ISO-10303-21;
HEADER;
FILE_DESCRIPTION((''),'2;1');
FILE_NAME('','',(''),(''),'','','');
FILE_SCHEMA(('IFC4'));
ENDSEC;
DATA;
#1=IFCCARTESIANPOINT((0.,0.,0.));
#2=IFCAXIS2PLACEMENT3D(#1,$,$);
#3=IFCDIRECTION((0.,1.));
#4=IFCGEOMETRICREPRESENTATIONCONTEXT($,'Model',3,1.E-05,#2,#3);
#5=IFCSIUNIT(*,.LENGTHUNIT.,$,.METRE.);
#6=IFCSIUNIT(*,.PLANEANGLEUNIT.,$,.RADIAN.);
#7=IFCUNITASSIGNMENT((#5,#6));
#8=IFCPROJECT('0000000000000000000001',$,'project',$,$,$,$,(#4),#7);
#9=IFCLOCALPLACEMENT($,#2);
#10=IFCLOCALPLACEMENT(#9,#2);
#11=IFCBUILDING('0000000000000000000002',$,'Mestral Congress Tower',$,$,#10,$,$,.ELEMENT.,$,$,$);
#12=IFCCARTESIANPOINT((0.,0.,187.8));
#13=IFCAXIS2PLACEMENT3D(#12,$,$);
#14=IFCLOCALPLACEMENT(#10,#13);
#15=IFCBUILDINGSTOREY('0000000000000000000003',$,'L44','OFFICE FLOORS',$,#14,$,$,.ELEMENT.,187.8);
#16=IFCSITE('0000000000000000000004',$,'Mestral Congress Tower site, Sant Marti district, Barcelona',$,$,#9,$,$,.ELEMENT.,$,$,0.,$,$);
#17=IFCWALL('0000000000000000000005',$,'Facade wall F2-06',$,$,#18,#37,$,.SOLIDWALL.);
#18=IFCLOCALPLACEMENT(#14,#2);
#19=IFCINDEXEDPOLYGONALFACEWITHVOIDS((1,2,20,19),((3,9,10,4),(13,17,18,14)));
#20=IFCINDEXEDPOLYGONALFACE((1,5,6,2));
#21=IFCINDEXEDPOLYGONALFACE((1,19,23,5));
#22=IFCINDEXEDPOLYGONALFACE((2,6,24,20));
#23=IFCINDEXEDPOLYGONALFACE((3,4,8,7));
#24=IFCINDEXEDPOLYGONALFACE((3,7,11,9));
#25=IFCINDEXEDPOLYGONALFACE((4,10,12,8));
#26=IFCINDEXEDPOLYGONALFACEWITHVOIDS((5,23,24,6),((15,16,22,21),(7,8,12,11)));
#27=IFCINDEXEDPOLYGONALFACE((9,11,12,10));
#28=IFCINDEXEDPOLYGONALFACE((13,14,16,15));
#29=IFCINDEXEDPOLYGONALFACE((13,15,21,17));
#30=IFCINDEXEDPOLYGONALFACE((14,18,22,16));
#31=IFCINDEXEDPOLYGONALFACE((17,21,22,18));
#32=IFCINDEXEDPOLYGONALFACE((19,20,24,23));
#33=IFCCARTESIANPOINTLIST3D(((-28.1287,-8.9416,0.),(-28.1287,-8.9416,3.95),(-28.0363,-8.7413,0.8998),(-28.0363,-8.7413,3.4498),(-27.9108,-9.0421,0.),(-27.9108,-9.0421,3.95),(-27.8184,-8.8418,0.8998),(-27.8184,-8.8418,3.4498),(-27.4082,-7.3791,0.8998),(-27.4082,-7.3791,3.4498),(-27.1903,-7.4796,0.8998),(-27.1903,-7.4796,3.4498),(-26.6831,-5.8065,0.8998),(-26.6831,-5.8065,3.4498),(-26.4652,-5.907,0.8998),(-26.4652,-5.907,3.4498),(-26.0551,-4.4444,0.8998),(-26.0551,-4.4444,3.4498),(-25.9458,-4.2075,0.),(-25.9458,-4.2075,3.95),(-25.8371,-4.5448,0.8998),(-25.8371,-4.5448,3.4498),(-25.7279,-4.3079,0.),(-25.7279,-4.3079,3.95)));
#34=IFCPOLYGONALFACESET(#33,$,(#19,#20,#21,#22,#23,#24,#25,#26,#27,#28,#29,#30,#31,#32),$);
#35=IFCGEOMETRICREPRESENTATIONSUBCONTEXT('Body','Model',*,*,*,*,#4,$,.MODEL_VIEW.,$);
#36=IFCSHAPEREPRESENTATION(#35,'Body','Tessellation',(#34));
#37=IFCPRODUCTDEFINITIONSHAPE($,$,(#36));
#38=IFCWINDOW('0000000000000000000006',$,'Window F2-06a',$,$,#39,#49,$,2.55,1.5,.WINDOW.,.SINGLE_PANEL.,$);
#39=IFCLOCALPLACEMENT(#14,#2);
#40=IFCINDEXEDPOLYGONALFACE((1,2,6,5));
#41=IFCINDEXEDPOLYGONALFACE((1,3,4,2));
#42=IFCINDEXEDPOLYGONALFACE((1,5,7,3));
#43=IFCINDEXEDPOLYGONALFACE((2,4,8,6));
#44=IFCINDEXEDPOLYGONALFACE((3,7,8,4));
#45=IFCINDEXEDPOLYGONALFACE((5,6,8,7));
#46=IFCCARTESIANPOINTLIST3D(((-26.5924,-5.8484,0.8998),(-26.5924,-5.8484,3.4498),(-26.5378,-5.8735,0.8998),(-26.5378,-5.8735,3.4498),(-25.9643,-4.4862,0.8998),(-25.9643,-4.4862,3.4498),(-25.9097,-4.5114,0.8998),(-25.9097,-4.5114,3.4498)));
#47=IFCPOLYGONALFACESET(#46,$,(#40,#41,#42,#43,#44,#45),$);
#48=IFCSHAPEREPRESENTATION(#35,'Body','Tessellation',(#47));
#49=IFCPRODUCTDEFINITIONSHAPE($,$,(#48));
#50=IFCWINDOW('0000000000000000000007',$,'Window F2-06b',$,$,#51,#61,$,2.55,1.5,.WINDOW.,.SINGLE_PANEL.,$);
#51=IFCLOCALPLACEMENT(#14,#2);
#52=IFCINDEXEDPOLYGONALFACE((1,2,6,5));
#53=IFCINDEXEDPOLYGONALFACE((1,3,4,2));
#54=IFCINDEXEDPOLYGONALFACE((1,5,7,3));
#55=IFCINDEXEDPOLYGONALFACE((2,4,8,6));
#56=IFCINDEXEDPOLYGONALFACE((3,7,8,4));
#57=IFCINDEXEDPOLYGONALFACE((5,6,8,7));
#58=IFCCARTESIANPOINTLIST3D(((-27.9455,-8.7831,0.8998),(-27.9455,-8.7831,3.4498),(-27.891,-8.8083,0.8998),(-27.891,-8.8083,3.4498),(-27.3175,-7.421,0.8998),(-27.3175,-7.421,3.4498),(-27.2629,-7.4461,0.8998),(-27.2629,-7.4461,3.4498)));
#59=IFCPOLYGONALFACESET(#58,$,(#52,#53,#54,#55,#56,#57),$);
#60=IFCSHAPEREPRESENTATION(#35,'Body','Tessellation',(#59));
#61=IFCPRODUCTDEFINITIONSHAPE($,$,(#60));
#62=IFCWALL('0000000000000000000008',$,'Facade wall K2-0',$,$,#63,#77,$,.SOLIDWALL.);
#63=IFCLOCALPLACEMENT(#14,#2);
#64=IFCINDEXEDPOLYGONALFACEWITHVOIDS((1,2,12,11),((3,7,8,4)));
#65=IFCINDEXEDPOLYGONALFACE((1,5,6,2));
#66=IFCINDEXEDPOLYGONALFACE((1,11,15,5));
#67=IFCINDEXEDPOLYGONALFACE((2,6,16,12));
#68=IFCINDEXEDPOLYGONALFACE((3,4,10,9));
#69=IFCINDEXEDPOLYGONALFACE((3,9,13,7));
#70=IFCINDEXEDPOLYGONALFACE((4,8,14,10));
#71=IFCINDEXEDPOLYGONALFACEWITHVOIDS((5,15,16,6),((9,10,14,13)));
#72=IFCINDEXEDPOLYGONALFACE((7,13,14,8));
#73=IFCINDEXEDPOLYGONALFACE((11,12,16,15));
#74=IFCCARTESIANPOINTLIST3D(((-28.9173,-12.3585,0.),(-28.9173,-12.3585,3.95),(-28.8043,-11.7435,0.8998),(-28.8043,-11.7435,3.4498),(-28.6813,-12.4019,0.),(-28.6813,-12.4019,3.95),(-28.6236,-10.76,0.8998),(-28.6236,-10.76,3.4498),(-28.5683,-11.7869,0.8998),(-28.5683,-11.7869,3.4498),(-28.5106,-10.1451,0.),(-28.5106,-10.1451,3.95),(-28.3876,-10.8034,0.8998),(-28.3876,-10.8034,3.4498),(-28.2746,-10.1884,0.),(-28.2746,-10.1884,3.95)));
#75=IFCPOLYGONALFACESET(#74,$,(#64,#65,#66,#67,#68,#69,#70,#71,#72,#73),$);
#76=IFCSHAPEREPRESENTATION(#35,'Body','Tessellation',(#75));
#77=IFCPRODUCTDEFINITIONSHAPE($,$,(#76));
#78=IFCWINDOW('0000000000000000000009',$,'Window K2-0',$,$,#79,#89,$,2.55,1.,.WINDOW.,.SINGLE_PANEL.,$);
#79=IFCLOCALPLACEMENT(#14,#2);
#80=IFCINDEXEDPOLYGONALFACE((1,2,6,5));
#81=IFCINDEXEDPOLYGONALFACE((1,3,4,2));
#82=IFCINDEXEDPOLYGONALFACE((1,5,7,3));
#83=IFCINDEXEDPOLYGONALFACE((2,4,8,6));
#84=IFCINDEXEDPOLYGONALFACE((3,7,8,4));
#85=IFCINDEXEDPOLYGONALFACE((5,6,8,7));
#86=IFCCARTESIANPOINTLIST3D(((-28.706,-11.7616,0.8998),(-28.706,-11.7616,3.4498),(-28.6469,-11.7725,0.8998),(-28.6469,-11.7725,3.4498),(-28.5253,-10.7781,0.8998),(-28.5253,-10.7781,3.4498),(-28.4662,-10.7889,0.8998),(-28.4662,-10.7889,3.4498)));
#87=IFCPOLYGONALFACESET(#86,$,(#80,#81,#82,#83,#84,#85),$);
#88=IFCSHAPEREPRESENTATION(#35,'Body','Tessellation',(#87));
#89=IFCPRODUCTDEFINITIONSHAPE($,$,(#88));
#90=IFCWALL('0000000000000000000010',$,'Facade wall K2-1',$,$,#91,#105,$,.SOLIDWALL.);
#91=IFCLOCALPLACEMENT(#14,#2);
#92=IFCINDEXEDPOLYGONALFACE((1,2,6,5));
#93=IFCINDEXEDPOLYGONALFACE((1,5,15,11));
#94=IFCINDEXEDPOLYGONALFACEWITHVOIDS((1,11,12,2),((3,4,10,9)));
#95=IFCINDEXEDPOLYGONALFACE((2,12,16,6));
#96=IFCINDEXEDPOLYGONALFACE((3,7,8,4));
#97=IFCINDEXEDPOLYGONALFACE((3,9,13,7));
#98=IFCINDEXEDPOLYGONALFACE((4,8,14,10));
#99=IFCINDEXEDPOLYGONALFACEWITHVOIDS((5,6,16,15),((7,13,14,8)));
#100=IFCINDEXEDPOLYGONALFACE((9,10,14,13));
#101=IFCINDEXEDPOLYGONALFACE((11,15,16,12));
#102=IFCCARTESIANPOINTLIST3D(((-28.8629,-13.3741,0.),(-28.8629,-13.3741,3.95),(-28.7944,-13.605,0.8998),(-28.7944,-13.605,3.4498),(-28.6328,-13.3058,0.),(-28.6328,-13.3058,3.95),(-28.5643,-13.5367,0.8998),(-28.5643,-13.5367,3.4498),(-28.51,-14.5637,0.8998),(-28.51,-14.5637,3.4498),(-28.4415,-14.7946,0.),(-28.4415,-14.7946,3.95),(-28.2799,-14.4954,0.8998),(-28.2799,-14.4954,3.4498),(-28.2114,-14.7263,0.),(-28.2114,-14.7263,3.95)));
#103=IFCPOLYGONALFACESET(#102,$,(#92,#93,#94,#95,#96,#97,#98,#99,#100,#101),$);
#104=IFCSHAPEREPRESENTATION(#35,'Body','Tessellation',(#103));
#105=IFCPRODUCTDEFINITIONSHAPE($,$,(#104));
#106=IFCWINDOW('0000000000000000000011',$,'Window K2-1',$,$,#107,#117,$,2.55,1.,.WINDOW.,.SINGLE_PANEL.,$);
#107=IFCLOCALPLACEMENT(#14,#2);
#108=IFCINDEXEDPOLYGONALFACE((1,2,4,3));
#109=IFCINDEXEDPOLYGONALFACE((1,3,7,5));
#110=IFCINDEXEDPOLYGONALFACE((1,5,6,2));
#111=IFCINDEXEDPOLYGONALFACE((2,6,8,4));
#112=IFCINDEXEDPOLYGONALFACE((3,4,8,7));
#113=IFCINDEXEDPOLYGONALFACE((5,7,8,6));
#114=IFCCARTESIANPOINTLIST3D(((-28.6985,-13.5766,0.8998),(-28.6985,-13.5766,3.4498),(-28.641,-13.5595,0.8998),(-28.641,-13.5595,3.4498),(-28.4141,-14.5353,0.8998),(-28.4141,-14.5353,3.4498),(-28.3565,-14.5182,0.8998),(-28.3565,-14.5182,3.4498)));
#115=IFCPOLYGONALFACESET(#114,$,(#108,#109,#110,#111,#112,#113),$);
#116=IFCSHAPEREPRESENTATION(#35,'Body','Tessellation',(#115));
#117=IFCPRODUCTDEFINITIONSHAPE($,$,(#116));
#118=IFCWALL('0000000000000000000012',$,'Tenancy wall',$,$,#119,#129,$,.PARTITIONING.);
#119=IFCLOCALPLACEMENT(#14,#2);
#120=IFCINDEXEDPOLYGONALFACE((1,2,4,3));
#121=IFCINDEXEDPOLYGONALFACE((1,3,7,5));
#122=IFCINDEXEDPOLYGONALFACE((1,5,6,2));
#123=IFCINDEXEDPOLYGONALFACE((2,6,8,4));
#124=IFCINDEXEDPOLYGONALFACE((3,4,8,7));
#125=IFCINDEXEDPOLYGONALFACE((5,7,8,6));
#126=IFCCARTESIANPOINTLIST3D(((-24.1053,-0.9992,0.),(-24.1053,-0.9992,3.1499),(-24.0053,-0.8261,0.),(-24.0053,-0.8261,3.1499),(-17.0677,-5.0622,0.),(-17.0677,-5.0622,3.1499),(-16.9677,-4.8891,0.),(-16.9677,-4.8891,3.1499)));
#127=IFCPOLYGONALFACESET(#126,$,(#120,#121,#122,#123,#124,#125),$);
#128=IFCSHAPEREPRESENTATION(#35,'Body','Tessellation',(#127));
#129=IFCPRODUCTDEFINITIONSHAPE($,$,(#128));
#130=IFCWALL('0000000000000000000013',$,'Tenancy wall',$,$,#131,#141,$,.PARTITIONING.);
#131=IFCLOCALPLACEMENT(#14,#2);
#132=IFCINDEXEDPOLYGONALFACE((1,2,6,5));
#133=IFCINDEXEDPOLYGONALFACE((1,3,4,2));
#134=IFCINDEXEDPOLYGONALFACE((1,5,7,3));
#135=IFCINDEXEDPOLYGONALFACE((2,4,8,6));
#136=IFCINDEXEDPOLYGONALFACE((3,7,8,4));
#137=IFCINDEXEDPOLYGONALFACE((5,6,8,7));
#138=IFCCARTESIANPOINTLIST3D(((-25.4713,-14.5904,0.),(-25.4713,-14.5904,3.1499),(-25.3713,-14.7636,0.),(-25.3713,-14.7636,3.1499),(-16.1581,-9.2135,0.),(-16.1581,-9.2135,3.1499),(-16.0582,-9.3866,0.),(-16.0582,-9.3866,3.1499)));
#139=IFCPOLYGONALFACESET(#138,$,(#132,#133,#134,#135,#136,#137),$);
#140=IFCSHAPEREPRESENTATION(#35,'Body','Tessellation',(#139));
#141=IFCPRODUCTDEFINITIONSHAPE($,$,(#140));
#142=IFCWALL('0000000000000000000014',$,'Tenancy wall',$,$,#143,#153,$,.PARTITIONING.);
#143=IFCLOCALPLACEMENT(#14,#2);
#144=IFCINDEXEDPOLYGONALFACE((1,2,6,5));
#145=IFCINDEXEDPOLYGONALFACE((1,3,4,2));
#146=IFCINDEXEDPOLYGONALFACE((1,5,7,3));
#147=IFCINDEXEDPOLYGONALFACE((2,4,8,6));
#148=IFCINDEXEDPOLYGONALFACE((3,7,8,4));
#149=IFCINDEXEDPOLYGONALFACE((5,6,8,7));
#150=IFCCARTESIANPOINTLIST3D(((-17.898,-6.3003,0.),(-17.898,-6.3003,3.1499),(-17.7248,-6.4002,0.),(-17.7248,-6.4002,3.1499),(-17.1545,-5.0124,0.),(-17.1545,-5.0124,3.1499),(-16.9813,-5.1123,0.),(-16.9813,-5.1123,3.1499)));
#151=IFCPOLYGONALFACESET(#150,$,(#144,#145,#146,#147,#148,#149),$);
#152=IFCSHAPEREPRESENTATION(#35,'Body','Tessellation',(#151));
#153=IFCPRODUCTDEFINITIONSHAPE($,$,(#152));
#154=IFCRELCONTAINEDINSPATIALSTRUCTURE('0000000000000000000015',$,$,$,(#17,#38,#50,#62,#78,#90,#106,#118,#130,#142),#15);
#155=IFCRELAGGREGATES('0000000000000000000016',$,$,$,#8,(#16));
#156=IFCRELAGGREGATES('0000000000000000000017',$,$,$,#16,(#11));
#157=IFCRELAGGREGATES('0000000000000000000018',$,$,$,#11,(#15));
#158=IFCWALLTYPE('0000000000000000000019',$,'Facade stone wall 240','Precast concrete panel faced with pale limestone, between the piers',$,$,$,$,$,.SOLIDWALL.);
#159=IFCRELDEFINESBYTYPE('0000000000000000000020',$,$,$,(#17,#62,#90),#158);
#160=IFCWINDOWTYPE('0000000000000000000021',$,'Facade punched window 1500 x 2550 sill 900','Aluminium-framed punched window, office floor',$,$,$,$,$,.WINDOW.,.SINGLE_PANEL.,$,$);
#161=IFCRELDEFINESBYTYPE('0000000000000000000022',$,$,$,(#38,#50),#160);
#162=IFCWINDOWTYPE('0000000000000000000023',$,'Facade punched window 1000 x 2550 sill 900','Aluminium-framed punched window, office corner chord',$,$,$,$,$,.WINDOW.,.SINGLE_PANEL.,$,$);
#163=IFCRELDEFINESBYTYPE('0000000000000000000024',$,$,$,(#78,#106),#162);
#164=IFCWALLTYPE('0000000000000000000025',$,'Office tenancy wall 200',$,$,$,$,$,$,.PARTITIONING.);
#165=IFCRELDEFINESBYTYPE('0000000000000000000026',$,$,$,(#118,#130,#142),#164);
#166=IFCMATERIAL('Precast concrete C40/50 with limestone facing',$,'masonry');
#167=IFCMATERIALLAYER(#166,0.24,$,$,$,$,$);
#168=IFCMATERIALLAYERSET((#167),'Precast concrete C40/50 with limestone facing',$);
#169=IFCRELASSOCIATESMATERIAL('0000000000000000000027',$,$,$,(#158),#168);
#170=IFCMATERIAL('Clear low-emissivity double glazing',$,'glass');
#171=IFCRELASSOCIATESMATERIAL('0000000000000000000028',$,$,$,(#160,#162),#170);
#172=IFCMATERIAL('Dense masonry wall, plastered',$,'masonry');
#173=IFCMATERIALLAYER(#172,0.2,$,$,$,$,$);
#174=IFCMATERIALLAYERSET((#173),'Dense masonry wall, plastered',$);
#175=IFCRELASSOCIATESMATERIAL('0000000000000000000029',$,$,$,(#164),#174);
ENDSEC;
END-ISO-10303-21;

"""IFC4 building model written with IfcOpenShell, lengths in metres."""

from ifc_helpers import new_model, si_unit, direction, frame, frame_2d, origin, place, context, subcontext, project, spatial, rectangle, extrude, material, layer, layer_set, type_object, element, fill, save


model = new_model("IFC4")

# Units and contexts
model_context = context("Model", 3, precision=1e-05, world=origin(), true_north=direction((0.0, 1.0)))
body_context = subcontext(model_context, "Body", "Model", "MODEL_VIEW")
ifc_project = project(units=[si_unit("LENGTHUNIT", "METRE"), si_unit("PLANEANGLEUNIT", "RADIAN")], contexts=[model_context])

# Site, building, storey
site_placement = place(None, origin())
site = spatial("IfcSite", under=ifc_project, at=site_placement, Name="Mestral Congress Tower site, Sant Marti district, Barcelona", CompositionType="ELEMENT", RefElevation=0.0)
building_placement = place(site_placement, origin())
building = spatial("IfcBuilding", under=site, at=building_placement, Name="Mestral Congress Tower", CompositionType="ELEMENT")
storey_placement = place(building_placement, frame((0.0, 0.0, 187.8)))
storey = spatial("IfcBuildingStorey", under=building, at=storey_placement, Name="L44", Description="OFFICE FLOORS", CompositionType="ELEMENT", Elevation=187.8)

# Wall, openings, windows
ifc_material_1 = material(Name="Precast concrete C40/50 with limestone facing", Category="masonry")
ifc_layer_1 = layer(ifc_material_1, 0.24)
ifc_layer_set_1 = layer_set([ifc_layer_1], Name="Precast concrete C40/50 with limestone facing")
wall_type_1 = type_object("IfcWallType", Name="Facade stone wall 240", Description="Precast concrete panel faced with pale limestone, between the piers", PredefinedType="SOLIDWALL", material=ifc_layer_set_1)
wall_1_placement = place(storey_placement, frame((-25.8369, -4.2578, 0.0), z_axis=(0.0, 0.0, 1.0), x_axis=(-0.418723, -0.908114, 0.0)))
wall_1 = element("IfcWall", 1, at=wall_1_placement, inside=storey, type_object=wall_type_1, Name="Facade wall F2-06", PredefinedType="SOLIDWALL", context=body_context, shape_type="SweptSolid", body=[
    extrude(rectangle(XDim=5.2131, YDim=0.24, at=frame_2d((2.6064, 0.0))), origin(), (0.0, 0.0, 1.0), 3.95),
])
opening_1_placement = place(wall_1_placement, frame((0.2607, 0.0, 0.8999)))
opening_1 = element("IfcOpeningElement", 2, at=opening_1_placement, cuts=wall_1, PredefinedType="OPENING", context=body_context, shape_type="SweptSolid", body=[
    extrude(rectangle(XDim=1.5, YDim=2.55, at=frame_2d((0.75, 1.2749))), frame((0.0, 0.1299, 0.0), z_axis=(0.0, -1.0, 0.0), x_axis=(1.0, 0.0, 0.0)), (0.0, 0.0, 1.0), 0.26),
])
opening_2_placement = place(wall_1_placement, frame((3.4924, 0.0, 0.8999)))
opening_2 = element("IfcOpeningElement", 3, at=opening_2_placement, cuts=wall_1, PredefinedType="OPENING", context=body_context, shape_type="SweptSolid", body=[
    extrude(rectangle(XDim=1.5, YDim=2.55, at=frame_2d((0.75, 1.2749))), frame((0.0, 0.1299, 0.0), z_axis=(0.0, -1.0, 0.0), x_axis=(1.0, 0.0, 0.0)), (0.0, 0.0, 1.0), 0.26),
])
ifc_material_2 = material(Name="Clear low-emissivity double glazing", Category="glass")
window_type_1 = type_object("IfcWindowType", Name="Facade punched window 1500 x 2550 sill 900", Description="Aluminium-framed punched window, office floor", PartitioningType="SINGLE_PANEL", PredefinedType="WINDOW", material=ifc_material_2)
window_1_placement = place(opening_1_placement, origin())
window_1 = element("IfcWindow", 4, at=window_1_placement, inside=storey, type_object=window_type_1, Name="Window F2-06a", OverallHeight=2.55, OverallWidth=1.5, PartitioningType="SINGLE_PANEL", PredefinedType="WINDOW", context=body_context, shape_type="SweptSolid", body=[
    extrude(rectangle(XDim=1.5, YDim=2.55, at=frame_2d((0.75, 1.2749))), frame((0.0, 0.04, 0.0), z_axis=(0.0, -1.0, 0.0), x_axis=(1.0, 0.0, 0.0)), (0.0, 0.0, 1.0), 0.0601),
])
fill(opening_1, window_1)
window_2_placement = place(opening_2_placement, origin())
window_2 = element("IfcWindow", 5, at=window_2_placement, inside=storey, type_object=window_type_1, Name="Window F2-06b", OverallHeight=2.55, OverallWidth=1.5, PartitioningType="SINGLE_PANEL", PredefinedType="WINDOW", context=body_context, shape_type="SweptSolid", body=[
    extrude(rectangle(XDim=1.5, YDim=2.55, at=frame_2d((0.75, 1.2749))), frame((0.0, 0.04, 0.0), z_axis=(0.0, -1.0, 0.0), x_axis=(1.0, 0.0, 0.0)), (0.0, 0.0, 1.0), 0.0601),
])
fill(opening_2, window_2)

# Walls, openings, windows
wall_2_placement = place(storey_placement, frame((-28.3926, -10.1667, 0.0), z_axis=(0.0, 0.0, 1.0), x_axis=(-0.180737, -0.983531, 0.0)))
wall_2 = element("IfcWall", 6, at=wall_2_placement, inside=storey, type_object=wall_type_1, Name="Facade wall K2-0", PredefinedType="SOLIDWALL", context=body_context, shape_type="SweptSolid", body=[
    extrude(rectangle(XDim=2.2505, YDim=0.24, at=frame_2d((1.1252, 0.0))), origin(), (0.0, 0.0, 1.0), 3.95),
])
opening_3_placement = place(wall_2_placement, frame((0.6252, 0.0, 0.8999)))
opening_3 = element("IfcOpeningElement", 7, at=opening_3_placement, cuts=wall_2, PredefinedType="OPENING", context=body_context, shape_type="SweptSolid", body=[
    extrude(rectangle(XDim=1.0, YDim=2.55, at=frame_2d((0.5, 1.2749))), frame((0.0, 0.1299, 0.0), z_axis=(0.0, -1.0, 0.0), x_axis=(1.0, 0.0, 0.0)), (0.0, 0.0, 1.0), 0.26),
])
window_type_2 = type_object("IfcWindowType", Name="Facade punched window 1000 x 2550 sill 900", Description="Aluminium-framed punched window, office corner chord", PartitioningType="SINGLE_PANEL", PredefinedType="WINDOW", material=ifc_material_2)
window_3_placement = place(opening_3_placement, origin())
window_3 = element("IfcWindow", 8, at=window_3_placement, inside=storey, type_object=window_type_2, Name="Window K2-0", OverallHeight=2.55, OverallWidth=1.0, PartitioningType="SINGLE_PANEL", PredefinedType="WINDOW", context=body_context, shape_type="SweptSolid", body=[
    extrude(rectangle(XDim=1.0, YDim=2.55, at=frame_2d((0.5, 1.2749))), frame((0.0, 0.04, 0.0), z_axis=(0.0, -1.0, 0.0), x_axis=(1.0, 0.0, 0.0)), (0.0, 0.0, 1.0), 0.0601),
])
fill(opening_3, window_3)
wall_3_placement = place(storey_placement, frame((-28.7478, -13.3401, 0.0), z_axis=(0.0, 0.0, 1.0), x_axis=(0.284414, -0.958702, 0.0)))
wall_3 = element("IfcWall", 9, at=wall_3_placement, inside=storey, type_object=wall_type_1, Name="Facade wall K2-1", PredefinedType="SOLIDWALL", context=body_context, shape_type="SweptSolid", body=[
    extrude(rectangle(XDim=1.4817, YDim=0.24, at=frame_2d((0.7407, 0.0))), origin(), (0.0, 0.0, 1.0), 3.95),
])
opening_4_placement = place(wall_3_placement, frame((0.2407, 0.0, 0.8999)))
opening_4 = element("IfcOpeningElement", 10, at=opening_4_placement, cuts=wall_3, PredefinedType="OPENING", context=body_context, shape_type="SweptSolid", body=[
    extrude(rectangle(XDim=1.0, YDim=2.55, at=frame_2d((0.5, 1.2749))), frame((0.0, 0.1299, 0.0), z_axis=(0.0, -1.0, 0.0), x_axis=(1.0, 0.0, 0.0)), (0.0, 0.0, 1.0), 0.26),
])
window_4_placement = place(opening_4_placement, origin())
window_4 = element("IfcWindow", 11, at=window_4_placement, inside=storey, type_object=window_type_2, Name="Window K2-1", OverallHeight=2.55, OverallWidth=1.0, PartitioningType="SINGLE_PANEL", PredefinedType="WINDOW", context=body_context, shape_type="SweptSolid", body=[
    extrude(rectangle(XDim=1.0, YDim=2.55, at=frame_2d((0.5, 1.2749))), frame((0.0, 0.04, 0.0), z_axis=(0.0, -1.0, 0.0), x_axis=(1.0, 0.0, 0.0)), (0.0, 0.0, 1.0), 0.0601),
])
fill(opening_4, window_4)

# Walls
ifc_material_3 = material(Name="Dense masonry wall, plastered", Category="masonry")
ifc_layer_2 = layer(ifc_material_3, 0.2)
ifc_layer_set_2 = layer_set([ifc_layer_2], Name="Dense masonry wall, plastered")
wall_type_2 = type_object("IfcWallType", Name="Office tenancy wall 200", PredefinedType="PARTITIONING", material=ifc_layer_set_2)
wall_4_placement = place(storey_placement, frame((-17.0178, -4.9756, 0.0), z_axis=(0.0, 0.0, 1.0), x_axis=(-0.866034, 0.499984, 0.0)))
element("IfcWall", 12, at=wall_4_placement, inside=storey, type_object=wall_type_2, Name="Tenancy wall", PredefinedType="PARTITIONING", context=body_context, shape_type="SweptSolid", body=[
    extrude(rectangle(XDim=8.1262, YDim=0.2, at=frame_2d((4.063, 0.0))), origin(), (0.0, 0.0, 1.0), 3.1499),
])
wall_5_placement = place(storey_placement, frame((-16.1082, -9.3, 0.0), z_axis=(0.0, 0.0, 1.0), x_axis=(-0.866027, -0.499997, 0.0)))
element("IfcWall", 13, at=wall_5_placement, inside=storey, type_object=wall_type_2, Name="Tenancy wall", PredefinedType="PARTITIONING", context=body_context, shape_type="SweptSolid", body=[
    extrude(rectangle(XDim=10.7539, YDim=0.2, at=frame_2d((5.377, 0.0))), origin(), (0.0, 0.0, 1.0), 3.1499),
])
wall_6_placement = place(storey_placement, frame((-17.0679, -5.0623, 0.0), z_axis=(0.0, 0.0, 1.0), x_axis=(-0.499936, -0.866063, 0.0)))
element("IfcWall", 14, at=wall_6_placement, inside=storey, type_object=wall_type_2, Name="Tenancy wall", PredefinedType="PARTITIONING", context=body_context, shape_type="SweptSolid", body=[
    extrude(rectangle(XDim=1.4871, YDim=0.2, at=frame_2d((0.7437, 0.0))), origin(), (0.0, 0.0, 1.0), 3.1499),
])

save(model, "model.ifc")
